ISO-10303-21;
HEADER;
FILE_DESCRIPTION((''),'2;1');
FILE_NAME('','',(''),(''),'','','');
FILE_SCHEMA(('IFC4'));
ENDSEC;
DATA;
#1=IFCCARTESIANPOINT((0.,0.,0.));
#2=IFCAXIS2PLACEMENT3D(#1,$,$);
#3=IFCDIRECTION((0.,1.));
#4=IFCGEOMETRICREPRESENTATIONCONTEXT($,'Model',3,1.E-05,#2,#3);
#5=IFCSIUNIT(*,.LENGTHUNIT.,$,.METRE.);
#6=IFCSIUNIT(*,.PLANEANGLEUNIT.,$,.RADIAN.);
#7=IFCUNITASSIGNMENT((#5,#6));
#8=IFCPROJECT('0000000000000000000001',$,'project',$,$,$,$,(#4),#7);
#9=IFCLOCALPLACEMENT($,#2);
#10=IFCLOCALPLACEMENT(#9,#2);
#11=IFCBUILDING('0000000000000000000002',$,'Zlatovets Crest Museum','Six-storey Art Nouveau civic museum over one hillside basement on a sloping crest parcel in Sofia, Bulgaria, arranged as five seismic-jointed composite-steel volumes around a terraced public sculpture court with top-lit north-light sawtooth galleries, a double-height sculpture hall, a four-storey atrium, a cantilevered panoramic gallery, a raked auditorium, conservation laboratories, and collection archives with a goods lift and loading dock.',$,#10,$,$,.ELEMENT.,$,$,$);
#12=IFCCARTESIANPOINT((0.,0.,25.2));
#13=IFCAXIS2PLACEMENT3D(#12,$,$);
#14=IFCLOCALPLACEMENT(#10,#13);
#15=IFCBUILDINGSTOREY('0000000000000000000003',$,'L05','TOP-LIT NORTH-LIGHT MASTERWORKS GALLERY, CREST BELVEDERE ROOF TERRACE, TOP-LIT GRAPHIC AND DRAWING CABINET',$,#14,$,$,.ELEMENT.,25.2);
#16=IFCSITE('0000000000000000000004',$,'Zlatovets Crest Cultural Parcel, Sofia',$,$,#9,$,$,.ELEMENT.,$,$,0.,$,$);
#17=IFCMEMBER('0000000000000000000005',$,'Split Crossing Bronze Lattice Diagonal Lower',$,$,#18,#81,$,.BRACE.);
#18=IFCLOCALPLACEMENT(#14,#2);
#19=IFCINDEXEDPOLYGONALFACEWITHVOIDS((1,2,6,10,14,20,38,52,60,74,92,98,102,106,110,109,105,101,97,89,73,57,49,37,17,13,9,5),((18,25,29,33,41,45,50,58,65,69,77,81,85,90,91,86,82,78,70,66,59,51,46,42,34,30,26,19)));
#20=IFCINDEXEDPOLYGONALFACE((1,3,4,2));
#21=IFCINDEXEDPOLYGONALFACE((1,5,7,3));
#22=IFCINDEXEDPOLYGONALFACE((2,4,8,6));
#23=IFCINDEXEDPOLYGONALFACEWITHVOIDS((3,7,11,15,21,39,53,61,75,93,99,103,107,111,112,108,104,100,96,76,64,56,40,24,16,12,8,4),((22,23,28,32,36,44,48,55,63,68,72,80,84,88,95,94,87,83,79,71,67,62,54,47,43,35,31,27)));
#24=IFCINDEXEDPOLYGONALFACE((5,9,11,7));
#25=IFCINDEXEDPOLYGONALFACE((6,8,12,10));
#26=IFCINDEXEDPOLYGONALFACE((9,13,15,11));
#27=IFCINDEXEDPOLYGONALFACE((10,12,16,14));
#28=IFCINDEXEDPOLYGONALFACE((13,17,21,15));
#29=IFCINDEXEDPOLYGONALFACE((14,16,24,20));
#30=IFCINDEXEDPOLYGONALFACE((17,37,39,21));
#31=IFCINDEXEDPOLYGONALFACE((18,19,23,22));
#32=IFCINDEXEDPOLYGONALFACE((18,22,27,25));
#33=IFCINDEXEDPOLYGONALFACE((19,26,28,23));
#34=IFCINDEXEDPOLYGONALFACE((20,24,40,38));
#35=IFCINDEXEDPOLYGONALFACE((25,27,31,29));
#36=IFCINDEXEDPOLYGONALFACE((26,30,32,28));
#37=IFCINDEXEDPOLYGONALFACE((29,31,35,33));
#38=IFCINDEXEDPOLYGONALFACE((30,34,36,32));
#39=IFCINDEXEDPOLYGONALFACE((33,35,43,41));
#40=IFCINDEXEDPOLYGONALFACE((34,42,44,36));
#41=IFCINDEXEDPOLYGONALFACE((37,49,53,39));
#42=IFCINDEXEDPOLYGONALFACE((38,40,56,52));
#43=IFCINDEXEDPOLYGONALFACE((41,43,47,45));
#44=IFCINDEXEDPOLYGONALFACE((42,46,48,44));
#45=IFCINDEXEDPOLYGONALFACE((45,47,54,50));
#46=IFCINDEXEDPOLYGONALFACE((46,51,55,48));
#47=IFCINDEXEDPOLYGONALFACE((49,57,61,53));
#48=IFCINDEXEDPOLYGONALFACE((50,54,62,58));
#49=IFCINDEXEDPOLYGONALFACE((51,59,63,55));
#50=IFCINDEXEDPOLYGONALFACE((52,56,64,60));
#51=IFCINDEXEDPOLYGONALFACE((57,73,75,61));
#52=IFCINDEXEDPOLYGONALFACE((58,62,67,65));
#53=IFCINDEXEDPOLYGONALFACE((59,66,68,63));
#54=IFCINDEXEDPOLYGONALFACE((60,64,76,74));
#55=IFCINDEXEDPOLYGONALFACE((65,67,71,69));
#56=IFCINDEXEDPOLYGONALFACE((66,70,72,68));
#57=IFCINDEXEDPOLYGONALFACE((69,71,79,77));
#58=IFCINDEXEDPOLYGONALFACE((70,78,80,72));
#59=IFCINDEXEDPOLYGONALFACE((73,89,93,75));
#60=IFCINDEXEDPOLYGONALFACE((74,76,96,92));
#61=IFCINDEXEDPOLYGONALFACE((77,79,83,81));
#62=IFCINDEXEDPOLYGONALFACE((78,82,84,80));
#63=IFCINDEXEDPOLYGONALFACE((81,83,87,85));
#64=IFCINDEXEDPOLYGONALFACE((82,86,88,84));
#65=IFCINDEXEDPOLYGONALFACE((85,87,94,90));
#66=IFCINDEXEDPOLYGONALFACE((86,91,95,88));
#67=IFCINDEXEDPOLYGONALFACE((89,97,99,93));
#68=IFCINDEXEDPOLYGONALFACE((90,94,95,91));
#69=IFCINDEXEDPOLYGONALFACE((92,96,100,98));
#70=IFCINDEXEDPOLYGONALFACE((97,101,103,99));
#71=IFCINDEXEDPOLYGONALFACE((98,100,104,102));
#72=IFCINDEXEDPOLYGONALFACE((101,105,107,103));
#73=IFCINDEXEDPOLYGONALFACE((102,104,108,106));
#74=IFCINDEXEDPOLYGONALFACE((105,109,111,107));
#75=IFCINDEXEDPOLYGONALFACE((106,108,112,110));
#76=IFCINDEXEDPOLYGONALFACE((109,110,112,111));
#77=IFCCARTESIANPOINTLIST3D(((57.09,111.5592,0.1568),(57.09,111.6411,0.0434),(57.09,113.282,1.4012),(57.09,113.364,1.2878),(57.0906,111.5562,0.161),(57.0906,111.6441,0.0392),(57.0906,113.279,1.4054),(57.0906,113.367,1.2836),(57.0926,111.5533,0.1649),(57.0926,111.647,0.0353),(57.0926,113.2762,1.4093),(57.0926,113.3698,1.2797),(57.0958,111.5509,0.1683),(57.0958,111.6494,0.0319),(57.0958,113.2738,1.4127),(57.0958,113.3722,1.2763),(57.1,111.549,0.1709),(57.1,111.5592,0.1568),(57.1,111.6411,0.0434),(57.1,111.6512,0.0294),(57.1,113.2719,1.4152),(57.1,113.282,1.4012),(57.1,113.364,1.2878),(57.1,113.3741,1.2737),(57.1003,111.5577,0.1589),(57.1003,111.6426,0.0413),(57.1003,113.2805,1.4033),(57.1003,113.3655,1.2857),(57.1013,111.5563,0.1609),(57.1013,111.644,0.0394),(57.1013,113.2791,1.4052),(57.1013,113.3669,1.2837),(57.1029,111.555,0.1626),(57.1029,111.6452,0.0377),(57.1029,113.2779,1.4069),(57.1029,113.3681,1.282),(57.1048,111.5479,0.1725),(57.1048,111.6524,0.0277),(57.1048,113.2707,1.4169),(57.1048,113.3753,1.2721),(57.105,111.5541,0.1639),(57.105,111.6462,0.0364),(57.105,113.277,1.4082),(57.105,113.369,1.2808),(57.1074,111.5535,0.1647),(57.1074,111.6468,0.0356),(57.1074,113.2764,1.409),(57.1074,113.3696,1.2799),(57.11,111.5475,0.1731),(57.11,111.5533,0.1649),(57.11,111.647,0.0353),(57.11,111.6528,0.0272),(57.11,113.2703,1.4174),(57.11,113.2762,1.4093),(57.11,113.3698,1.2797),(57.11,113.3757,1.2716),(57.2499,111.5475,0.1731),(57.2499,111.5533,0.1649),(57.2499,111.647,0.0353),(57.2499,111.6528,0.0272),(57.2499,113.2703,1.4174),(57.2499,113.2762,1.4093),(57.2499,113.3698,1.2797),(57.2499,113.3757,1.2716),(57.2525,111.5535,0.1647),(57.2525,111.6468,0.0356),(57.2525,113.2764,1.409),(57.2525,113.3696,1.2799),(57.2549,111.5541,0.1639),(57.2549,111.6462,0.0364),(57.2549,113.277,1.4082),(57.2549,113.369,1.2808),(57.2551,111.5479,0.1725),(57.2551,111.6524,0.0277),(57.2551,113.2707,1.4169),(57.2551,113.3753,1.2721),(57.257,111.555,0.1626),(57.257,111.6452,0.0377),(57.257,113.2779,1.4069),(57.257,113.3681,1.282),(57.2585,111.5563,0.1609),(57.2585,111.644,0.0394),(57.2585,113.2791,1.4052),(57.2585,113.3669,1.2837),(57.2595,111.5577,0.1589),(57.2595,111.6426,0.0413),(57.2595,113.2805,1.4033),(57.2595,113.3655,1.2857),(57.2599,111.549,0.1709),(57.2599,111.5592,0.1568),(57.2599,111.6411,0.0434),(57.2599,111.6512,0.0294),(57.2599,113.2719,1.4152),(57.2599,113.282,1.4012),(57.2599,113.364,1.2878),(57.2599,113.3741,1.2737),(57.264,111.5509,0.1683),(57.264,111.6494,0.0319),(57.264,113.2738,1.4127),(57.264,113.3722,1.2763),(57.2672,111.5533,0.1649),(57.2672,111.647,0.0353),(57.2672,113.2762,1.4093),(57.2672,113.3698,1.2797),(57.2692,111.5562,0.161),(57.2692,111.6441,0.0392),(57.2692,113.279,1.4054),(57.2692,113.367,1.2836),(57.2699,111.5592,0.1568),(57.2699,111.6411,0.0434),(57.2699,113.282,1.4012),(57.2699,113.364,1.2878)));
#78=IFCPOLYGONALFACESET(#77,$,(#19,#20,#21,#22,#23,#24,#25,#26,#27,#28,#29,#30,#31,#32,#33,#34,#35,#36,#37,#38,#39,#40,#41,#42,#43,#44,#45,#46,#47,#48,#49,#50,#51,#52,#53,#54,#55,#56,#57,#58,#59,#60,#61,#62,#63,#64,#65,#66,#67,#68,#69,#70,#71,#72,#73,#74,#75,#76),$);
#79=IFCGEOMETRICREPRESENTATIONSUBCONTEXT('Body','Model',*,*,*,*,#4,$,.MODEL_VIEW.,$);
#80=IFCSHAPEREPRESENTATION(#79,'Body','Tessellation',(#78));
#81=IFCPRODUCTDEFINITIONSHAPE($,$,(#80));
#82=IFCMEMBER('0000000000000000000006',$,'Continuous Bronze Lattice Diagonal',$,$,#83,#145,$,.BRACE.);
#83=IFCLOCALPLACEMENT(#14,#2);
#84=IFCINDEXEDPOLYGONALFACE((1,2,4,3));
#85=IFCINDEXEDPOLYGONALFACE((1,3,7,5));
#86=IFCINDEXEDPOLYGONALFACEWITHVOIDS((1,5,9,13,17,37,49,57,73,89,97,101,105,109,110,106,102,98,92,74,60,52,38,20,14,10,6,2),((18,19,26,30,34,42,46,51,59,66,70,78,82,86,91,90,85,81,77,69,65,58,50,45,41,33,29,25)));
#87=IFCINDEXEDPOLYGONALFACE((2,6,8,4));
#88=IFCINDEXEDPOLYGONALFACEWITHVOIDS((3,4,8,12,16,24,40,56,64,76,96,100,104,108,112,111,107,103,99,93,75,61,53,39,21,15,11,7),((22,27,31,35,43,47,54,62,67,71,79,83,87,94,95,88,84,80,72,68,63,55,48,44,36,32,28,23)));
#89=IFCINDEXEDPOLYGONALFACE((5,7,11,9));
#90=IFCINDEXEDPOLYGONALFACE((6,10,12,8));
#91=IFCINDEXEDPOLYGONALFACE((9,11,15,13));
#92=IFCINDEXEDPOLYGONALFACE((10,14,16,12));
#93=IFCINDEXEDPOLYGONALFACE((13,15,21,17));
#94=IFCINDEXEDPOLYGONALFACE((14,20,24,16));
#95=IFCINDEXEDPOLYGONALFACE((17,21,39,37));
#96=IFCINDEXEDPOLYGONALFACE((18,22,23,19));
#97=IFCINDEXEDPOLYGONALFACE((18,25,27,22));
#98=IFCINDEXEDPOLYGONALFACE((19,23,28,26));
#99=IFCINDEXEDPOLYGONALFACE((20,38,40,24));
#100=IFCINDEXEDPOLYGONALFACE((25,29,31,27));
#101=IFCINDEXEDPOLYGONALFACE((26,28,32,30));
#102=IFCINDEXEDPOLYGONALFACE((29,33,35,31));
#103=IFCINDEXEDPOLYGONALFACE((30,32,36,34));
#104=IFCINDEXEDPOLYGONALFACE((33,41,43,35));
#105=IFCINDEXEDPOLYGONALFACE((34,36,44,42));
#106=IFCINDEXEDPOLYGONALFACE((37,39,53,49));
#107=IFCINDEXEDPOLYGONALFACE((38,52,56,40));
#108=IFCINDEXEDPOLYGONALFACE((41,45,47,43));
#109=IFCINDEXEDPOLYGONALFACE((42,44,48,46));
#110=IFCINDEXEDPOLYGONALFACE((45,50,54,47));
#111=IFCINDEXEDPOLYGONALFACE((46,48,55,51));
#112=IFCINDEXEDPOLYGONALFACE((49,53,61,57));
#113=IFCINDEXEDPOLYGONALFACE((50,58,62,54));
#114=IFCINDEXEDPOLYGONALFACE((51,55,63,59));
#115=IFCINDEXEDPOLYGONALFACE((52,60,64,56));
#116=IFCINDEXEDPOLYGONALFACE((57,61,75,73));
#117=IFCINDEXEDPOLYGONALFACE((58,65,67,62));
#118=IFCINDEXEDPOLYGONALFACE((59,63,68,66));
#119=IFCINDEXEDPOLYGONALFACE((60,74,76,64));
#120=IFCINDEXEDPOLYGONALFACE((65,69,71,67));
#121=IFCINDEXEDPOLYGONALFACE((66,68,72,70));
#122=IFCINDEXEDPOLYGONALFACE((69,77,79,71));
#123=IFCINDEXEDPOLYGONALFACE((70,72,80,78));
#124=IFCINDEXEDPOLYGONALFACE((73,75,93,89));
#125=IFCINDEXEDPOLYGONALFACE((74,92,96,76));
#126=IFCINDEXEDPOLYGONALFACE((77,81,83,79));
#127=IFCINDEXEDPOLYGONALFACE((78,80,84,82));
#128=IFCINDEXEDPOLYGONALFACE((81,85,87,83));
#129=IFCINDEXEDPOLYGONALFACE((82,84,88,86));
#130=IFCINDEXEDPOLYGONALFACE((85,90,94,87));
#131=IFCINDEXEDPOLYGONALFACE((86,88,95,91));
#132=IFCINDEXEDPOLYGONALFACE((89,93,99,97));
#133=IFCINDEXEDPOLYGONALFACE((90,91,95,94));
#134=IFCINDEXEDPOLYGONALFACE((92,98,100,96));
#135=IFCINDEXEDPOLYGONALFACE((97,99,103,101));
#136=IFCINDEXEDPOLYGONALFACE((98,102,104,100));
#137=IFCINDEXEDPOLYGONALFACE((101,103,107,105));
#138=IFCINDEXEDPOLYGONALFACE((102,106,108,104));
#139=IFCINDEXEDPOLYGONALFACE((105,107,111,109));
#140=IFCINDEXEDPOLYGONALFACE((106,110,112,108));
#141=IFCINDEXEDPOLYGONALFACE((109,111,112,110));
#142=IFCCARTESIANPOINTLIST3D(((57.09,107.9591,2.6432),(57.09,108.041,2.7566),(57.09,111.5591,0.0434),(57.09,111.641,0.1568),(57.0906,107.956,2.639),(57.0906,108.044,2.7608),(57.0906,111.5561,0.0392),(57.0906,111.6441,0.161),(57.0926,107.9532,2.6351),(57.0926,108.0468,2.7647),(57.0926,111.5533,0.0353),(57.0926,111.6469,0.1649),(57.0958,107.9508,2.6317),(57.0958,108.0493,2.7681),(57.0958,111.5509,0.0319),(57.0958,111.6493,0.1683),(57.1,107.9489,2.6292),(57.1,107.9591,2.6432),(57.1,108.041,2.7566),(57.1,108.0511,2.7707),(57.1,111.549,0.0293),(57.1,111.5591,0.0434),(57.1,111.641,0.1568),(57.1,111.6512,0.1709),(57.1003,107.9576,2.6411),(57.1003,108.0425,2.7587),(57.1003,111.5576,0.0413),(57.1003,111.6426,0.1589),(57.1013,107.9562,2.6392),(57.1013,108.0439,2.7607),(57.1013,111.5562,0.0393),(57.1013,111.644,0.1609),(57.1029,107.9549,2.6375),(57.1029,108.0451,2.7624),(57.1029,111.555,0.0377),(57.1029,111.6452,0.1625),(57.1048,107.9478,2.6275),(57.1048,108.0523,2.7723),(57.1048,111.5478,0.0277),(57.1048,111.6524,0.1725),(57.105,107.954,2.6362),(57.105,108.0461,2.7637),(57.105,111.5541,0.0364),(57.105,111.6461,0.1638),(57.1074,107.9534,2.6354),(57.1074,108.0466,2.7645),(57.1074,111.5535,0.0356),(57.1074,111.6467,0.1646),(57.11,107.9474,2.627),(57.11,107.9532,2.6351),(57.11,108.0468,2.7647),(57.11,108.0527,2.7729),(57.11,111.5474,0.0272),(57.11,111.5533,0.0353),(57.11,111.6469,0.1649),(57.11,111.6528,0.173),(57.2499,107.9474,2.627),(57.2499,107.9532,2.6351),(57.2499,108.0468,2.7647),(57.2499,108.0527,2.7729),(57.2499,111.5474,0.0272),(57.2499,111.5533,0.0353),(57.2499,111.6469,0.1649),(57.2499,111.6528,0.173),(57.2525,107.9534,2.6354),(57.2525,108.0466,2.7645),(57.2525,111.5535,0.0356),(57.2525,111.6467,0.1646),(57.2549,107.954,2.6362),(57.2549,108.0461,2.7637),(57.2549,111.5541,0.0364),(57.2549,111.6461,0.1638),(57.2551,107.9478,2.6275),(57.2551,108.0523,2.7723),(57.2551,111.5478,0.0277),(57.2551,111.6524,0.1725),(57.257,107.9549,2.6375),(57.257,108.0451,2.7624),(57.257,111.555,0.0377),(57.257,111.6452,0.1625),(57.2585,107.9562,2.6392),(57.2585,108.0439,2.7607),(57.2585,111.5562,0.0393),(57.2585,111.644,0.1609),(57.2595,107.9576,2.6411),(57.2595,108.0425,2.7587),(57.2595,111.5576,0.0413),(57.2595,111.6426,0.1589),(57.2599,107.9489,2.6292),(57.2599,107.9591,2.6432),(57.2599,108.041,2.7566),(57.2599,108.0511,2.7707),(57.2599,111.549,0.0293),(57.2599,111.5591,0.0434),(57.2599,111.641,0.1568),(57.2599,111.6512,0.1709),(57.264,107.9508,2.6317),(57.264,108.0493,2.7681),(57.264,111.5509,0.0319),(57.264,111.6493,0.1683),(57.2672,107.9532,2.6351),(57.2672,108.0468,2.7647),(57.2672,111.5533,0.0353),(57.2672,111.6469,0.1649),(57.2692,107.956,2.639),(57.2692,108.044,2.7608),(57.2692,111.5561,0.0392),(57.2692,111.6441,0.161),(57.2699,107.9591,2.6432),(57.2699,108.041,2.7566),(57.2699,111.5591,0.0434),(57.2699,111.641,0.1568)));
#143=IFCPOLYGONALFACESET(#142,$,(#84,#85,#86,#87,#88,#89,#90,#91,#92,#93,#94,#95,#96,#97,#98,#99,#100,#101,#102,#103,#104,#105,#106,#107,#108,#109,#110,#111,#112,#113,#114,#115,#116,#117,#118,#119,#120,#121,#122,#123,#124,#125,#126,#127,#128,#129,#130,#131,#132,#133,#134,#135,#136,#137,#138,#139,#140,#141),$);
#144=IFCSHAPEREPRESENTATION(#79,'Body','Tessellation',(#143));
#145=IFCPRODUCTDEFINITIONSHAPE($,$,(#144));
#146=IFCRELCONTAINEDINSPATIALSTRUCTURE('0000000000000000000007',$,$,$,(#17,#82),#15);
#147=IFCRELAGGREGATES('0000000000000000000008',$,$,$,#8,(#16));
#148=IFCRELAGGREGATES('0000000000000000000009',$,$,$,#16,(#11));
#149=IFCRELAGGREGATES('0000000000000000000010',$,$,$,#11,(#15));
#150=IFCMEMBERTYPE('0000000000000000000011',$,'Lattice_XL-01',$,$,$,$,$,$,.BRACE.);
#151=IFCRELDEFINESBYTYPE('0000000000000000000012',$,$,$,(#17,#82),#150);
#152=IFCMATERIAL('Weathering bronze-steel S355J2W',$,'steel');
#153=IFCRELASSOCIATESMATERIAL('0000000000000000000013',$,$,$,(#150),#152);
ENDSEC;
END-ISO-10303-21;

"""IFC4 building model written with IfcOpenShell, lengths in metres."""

from ifc_helpers import new_model, si_unit, direction, frame, origin, origin_2d, place, context, subcontext, project, spatial, hollow_rectangle, extrude, material, material_profile, profile_set, type_object, element, save


model = new_model("IFC4")

# Units and contexts
model_context = context("Model", 3, precision=1e-05, world=origin(), true_north=direction((0.0, 1.0)))
body_context = subcontext(model_context, "Body", "Model", "MODEL_VIEW")
ifc_project = project(units=[si_unit("LENGTHUNIT", "METRE"), si_unit("PLANEANGLEUNIT", "RADIAN")], contexts=[model_context])

# Site, building, storey
site_placement = place(None, origin())
site = spatial("IfcSite", under=ifc_project, at=site_placement, Name="Zlatovets Crest Cultural Parcel, Sofia", CompositionType="ELEMENT", RefElevation=0.0)
building_placement = place(site_placement, origin())
building = spatial("IfcBuilding", under=site, at=building_placement, Name="Zlatovets Crest Museum", Description="Six-storey Art Nouveau civic museum over one hillside basement on a sloping crest parcel in Sofia, Bulgaria, arranged as five seismic-jointed composite-steel volumes around a terraced public sculpture court with top-lit north-light sawtooth galleries, a double-height sculpture hall, a four-storey atrium, a cantilevered panoramic gallery, a raked auditorium, conservation laboratories, and collection archives with a goods lift and loading dock.", CompositionType="ELEMENT")
storey_placement = place(building_placement, frame((0.0, 0.0, 25.2)))
storey = spatial("IfcBuildingStorey", under=building, at=storey_placement, Name="L05", Description="TOP-LIT NORTH-LIGHT MASTERWORKS GALLERY, CREST BELVEDERE ROOF TERRACE, TOP-LIT GRAPHIC AND DRAWING CABINET", CompositionType="ELEMENT", Elevation=25.2)

# Members
ifc_material_1 = material(Name="Weathering bronze-steel S355J2W", Category="steel")
ifc_material_profile_1 = material_profile(ifc_material_1, hollow_rectangle(XDim=0.1799, YDim=0.1799, WallThickness=0.01, InnerFilletRadius=0.01, OuterFilletRadius=0.02, at=origin_2d()), Name="SHS 180x180x10.0")
ifc_profile_set_1 = profile_set([ifc_material_profile_1], Name="Weathering bronze-steel S355J2W")
member_type_1 = type_object("IfcMemberType", Name="Lattice_XL-01", PredefinedType="BRACE", material=ifc_profile_set_1)
for number, where, z_axis, x_axis, name in (
    (1, (57.1799, 113.323, 1.3445), (0.0, -0.810664, -0.585512), (1.0, 0.0, 0.0), "Split Crossing Bronze Lattice Diagonal Lower"),
):
    element("IfcMember", number, at=place(storey_placement, frame(where, z_axis=z_axis, x_axis=x_axis)), inside=storey, type_object=member_type_1, Name=name, PredefinedType="BRACE", context=body_context, shape_type="SweptSolid", body=[
        extrude(hollow_rectangle(XDim=0.1799, YDim=0.1799, WallThickness=0.01, InnerFilletRadius=0.01, OuterFilletRadius=0.02, at=origin_2d()), origin(), (0.0, 0.0, 1.0), 2.1252),
    ])
member_1_placement = place(storey_placement, frame((57.1799, 111.6001, 0.1001), z_axis=(0.0, -0.810702, 0.585458), x_axis=(1.0, 0.0, 0.0)))
element("IfcMember", 2, at=member_1_placement, inside=storey, type_object=member_type_1, Name="Continuous Bronze Lattice Diagonal", PredefinedType="BRACE", context=body_context, shape_type="SweptSolid", body=[
    extrude(hollow_rectangle(XDim=0.1799, YDim=0.1799, WallThickness=0.01, InnerFilletRadius=0.01, OuterFilletRadius=0.02, at=origin_2d()), origin(), (0.0, 0.0, 1.0), 4.4407),
])

save(model, "model.ifc")
